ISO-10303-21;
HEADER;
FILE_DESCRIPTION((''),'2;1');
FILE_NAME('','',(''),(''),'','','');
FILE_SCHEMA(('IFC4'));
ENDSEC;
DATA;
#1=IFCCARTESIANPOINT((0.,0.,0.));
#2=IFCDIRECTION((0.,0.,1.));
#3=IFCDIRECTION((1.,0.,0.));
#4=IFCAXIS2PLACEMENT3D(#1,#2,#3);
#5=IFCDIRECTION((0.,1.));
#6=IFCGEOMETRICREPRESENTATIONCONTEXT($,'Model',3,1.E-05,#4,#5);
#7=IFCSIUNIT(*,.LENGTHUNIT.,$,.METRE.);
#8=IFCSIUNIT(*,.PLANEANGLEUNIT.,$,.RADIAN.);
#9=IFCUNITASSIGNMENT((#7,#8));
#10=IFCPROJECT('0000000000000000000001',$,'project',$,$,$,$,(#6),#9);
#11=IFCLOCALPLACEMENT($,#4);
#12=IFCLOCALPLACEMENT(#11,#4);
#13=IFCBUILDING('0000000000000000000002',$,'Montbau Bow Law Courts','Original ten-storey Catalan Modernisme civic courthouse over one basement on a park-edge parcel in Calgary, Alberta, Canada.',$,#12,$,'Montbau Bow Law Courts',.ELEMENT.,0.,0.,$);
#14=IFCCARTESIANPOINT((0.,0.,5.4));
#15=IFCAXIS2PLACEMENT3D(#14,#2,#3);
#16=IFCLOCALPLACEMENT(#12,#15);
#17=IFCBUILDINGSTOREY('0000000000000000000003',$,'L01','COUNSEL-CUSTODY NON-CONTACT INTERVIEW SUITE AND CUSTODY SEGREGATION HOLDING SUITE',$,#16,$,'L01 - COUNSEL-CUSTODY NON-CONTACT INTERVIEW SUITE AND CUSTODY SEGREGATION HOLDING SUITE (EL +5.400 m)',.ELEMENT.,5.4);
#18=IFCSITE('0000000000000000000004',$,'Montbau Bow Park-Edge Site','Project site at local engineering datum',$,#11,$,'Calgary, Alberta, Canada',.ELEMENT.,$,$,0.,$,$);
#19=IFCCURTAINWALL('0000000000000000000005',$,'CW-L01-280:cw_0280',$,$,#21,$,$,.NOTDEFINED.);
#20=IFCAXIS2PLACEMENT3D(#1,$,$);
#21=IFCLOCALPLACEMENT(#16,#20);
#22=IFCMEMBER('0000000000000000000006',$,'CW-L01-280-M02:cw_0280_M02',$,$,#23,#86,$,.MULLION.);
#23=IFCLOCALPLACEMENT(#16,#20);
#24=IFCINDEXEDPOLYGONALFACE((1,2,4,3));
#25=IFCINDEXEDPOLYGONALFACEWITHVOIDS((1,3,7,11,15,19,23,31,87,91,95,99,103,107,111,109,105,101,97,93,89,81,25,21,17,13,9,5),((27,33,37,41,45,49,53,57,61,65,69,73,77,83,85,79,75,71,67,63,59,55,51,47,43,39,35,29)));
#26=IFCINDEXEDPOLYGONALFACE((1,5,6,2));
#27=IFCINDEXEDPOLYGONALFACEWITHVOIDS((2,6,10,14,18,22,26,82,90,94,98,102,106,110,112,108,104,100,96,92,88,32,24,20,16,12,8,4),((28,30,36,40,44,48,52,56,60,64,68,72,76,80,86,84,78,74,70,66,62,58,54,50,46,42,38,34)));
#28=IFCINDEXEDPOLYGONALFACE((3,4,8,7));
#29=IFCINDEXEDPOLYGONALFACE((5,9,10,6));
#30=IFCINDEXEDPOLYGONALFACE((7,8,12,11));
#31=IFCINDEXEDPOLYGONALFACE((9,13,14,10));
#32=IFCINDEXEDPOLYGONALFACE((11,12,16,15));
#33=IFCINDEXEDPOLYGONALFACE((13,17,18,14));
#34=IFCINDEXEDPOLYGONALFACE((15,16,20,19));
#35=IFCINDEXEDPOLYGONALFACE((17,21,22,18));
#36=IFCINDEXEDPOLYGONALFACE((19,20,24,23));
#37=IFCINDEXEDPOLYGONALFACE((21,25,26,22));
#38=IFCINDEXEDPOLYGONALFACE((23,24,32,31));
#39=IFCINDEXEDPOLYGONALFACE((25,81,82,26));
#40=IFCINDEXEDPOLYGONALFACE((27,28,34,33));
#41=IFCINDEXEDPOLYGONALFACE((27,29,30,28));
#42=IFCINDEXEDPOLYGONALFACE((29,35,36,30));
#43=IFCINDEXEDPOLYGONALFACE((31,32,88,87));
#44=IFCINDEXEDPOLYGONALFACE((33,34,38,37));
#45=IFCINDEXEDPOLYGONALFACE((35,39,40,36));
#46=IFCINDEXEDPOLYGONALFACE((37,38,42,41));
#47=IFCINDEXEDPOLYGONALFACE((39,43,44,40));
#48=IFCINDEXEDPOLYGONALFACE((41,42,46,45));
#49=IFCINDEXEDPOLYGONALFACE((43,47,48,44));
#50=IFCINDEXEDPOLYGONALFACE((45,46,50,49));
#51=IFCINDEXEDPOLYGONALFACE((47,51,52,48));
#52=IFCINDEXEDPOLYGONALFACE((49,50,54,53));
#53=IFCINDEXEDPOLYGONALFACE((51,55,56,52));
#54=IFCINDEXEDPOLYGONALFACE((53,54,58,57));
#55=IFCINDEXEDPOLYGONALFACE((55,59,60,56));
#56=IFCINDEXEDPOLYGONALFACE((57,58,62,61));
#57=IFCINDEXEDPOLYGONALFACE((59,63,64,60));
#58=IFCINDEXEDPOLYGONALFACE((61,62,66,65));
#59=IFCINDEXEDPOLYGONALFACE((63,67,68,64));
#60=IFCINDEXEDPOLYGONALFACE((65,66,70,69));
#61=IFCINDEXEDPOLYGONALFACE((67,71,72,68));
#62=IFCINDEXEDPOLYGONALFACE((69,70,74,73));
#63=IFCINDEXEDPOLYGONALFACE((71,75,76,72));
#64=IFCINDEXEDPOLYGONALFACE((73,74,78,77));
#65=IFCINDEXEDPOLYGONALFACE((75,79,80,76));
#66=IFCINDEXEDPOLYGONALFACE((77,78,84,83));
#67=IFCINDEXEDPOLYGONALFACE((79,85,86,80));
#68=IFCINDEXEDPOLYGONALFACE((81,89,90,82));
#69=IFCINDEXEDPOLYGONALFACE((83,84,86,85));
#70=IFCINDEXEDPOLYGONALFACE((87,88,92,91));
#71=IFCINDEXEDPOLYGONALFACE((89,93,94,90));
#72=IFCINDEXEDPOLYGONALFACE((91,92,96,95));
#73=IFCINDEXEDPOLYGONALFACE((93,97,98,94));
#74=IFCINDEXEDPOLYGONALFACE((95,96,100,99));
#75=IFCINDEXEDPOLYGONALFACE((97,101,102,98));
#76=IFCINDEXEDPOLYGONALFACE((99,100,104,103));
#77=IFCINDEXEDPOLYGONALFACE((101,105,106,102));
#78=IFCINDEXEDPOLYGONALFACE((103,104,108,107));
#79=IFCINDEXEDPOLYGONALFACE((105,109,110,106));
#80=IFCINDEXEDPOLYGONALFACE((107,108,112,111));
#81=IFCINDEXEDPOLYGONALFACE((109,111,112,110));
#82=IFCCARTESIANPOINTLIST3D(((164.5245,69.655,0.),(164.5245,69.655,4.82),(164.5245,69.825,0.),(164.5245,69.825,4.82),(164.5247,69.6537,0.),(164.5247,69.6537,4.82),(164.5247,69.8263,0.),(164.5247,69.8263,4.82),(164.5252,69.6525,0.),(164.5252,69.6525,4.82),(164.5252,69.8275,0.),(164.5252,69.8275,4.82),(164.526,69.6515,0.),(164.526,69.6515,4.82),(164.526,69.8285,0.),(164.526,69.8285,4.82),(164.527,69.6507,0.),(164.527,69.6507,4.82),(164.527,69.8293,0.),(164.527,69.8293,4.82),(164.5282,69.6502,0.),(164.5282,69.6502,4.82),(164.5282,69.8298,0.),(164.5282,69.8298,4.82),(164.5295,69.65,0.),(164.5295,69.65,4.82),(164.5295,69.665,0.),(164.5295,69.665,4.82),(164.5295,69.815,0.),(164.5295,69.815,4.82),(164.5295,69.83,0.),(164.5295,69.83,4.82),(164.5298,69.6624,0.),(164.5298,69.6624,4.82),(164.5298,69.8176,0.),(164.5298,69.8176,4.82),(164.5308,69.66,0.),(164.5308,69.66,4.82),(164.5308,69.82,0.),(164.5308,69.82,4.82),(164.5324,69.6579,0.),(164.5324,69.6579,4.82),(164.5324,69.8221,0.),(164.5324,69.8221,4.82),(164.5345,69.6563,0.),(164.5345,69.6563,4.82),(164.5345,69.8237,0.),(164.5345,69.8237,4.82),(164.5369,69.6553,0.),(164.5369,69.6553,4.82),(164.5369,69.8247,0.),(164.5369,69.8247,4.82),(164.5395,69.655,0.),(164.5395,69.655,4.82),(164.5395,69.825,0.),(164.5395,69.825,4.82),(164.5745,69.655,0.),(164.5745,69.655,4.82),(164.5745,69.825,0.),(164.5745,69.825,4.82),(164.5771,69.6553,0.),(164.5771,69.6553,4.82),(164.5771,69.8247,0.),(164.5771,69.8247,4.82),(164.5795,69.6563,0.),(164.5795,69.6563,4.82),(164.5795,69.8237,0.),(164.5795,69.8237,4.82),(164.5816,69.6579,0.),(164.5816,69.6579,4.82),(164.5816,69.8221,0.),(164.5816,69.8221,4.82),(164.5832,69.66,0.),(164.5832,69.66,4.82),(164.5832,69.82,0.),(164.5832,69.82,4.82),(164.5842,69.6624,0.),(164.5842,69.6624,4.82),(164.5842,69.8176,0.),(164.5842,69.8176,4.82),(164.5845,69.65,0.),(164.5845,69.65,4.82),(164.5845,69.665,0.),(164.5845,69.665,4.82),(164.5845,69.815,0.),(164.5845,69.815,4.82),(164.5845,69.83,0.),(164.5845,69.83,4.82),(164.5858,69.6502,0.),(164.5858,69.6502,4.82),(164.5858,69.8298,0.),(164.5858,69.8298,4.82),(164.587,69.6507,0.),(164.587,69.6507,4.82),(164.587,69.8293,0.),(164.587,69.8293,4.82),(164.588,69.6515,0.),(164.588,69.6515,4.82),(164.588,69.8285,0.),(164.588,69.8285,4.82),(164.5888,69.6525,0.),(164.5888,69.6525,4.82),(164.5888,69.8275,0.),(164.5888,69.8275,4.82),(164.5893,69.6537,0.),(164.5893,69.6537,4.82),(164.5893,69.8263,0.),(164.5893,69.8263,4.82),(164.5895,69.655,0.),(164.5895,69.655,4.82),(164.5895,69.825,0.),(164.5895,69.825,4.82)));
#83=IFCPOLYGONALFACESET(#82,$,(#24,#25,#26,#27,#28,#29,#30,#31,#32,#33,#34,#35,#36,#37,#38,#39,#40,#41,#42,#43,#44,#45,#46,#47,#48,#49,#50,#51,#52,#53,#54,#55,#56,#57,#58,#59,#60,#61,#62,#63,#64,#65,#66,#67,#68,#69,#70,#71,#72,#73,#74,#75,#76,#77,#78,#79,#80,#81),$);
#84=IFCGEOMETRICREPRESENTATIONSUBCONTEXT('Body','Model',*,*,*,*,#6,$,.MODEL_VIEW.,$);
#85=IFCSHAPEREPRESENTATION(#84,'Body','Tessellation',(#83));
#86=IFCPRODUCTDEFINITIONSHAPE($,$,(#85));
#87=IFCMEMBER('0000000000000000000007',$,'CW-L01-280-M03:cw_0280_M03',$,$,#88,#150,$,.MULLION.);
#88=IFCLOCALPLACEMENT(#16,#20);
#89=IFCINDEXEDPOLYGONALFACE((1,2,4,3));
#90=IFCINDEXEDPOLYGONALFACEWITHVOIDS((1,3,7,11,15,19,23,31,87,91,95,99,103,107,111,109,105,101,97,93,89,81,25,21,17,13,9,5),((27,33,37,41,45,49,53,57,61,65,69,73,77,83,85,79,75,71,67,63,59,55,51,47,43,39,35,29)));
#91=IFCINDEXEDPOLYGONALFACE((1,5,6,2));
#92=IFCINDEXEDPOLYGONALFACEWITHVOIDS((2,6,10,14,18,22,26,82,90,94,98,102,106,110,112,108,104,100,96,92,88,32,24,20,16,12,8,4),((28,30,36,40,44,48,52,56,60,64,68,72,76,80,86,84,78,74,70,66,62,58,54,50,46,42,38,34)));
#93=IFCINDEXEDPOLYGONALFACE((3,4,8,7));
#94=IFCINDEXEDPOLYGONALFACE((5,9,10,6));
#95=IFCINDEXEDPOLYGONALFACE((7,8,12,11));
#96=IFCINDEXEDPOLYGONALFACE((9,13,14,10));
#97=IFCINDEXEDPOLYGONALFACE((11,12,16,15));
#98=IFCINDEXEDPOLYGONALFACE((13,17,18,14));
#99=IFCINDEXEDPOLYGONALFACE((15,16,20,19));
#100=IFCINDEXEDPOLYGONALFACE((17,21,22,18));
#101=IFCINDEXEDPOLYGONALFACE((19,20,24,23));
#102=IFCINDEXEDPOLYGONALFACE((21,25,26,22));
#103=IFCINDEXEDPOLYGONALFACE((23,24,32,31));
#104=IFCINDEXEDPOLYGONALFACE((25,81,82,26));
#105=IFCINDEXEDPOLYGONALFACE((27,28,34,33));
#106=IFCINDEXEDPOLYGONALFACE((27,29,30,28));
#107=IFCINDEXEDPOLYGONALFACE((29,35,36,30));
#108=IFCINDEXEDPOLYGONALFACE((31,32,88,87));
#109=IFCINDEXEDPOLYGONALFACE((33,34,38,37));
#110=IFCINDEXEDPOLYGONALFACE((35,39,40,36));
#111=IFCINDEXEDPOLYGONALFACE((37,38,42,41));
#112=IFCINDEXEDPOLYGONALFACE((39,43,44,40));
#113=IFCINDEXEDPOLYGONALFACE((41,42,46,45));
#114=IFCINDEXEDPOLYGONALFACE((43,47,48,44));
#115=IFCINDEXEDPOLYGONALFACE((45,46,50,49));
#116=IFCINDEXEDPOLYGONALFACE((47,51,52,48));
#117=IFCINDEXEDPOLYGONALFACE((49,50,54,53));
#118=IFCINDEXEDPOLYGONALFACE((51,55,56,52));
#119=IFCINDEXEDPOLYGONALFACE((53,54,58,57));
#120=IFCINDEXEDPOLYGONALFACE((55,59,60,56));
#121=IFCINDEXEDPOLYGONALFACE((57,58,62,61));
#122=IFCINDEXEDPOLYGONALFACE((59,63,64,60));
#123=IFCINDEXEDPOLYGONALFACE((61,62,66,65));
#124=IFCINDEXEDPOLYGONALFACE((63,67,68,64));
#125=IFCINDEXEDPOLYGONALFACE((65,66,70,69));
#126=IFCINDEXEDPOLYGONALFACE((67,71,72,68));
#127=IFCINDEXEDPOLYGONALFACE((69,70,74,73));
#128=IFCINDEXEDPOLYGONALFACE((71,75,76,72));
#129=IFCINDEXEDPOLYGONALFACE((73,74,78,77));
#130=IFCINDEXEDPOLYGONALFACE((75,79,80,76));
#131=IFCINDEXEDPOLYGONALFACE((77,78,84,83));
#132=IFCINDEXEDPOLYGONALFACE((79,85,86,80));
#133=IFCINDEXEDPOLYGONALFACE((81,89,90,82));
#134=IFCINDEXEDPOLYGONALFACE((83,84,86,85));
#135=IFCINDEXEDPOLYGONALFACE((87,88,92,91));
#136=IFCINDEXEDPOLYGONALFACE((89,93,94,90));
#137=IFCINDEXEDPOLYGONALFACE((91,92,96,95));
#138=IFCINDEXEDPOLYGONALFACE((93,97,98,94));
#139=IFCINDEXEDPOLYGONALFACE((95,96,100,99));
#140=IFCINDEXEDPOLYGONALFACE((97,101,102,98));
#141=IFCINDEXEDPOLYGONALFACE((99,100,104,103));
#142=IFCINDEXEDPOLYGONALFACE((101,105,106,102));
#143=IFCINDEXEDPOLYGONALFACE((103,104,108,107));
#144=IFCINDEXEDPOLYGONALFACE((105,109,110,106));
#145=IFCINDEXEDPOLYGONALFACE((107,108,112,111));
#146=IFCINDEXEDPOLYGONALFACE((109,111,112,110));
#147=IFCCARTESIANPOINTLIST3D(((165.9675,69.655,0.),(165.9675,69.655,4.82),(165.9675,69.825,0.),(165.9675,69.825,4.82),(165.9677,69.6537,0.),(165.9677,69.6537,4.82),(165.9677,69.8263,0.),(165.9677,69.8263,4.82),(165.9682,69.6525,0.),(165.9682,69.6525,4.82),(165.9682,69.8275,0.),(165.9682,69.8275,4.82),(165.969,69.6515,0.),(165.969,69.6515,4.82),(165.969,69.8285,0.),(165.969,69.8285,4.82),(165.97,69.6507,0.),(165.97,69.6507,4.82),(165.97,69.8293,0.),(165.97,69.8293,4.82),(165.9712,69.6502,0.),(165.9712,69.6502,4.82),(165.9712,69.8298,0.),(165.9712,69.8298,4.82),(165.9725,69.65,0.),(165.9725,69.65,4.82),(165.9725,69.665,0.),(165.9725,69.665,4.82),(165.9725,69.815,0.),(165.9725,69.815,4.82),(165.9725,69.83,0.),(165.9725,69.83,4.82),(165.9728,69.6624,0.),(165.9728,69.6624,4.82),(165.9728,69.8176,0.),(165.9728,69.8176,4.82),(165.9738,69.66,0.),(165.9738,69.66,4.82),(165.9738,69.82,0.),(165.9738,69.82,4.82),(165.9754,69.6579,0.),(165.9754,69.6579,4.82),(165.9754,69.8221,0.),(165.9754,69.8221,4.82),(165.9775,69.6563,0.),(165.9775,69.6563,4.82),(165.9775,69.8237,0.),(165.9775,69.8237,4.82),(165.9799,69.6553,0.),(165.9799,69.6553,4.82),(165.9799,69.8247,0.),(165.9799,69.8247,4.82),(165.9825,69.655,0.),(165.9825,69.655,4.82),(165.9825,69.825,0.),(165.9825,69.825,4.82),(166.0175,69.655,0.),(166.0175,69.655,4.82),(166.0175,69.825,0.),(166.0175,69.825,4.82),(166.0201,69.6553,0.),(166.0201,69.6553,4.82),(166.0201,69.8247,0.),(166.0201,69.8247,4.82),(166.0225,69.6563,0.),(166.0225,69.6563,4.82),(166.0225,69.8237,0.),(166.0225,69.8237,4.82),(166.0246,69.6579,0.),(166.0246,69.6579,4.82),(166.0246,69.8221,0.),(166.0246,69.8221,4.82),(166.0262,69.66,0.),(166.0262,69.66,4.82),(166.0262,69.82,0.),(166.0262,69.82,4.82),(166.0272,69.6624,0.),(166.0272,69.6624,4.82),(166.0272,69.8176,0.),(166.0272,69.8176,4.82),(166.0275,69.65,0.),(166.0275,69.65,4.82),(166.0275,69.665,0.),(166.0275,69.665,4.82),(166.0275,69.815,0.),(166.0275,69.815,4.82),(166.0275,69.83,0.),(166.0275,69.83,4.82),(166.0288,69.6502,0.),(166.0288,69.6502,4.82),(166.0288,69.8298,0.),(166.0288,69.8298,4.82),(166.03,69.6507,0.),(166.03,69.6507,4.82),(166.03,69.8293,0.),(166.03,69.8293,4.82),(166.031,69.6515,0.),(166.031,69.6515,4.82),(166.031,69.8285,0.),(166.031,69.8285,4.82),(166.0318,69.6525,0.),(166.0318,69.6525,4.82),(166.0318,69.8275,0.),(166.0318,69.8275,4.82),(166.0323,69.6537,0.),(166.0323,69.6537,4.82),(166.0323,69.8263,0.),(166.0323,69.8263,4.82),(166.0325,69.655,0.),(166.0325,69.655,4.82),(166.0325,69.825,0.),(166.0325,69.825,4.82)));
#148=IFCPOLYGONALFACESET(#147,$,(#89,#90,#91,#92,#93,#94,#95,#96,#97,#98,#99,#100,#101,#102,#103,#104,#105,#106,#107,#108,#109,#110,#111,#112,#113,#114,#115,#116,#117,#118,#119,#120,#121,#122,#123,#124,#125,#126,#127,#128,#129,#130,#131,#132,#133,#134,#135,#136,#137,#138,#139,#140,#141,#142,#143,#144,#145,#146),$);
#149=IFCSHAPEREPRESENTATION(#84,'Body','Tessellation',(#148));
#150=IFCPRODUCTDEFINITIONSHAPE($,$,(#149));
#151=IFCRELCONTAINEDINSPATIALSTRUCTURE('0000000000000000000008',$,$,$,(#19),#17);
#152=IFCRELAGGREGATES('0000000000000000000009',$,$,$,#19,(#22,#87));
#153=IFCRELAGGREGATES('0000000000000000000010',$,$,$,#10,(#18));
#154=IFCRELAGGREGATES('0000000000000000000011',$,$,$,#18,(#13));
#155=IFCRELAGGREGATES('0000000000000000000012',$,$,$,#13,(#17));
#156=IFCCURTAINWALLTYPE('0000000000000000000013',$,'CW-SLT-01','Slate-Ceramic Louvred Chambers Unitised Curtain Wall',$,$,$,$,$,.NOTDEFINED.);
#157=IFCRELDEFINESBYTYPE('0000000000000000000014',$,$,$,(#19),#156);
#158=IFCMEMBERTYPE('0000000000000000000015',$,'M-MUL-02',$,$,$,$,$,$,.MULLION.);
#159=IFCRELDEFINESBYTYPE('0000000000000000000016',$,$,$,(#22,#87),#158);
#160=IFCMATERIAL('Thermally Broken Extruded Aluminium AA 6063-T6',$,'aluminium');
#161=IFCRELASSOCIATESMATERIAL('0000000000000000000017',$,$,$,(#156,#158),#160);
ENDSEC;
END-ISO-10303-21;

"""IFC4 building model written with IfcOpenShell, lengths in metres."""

from ifc_helpers import new_model, si_unit, direction, frame, origin_with_axes, origin_2d_with_axis, place, context, subcontext, project, spatial, hollow_rectangle, extrude, material, material_profile, profile_set, type_object, element, aggregate, save


model = new_model("IFC4")

# Units and contexts
model_context = context("Model", 3, precision=1e-05, world=origin_with_axes(), true_north=direction((0.0, 1.0)))
body_context = subcontext(model_context, "Body", "Model", "MODEL_VIEW")
ifc_project = project(units=[si_unit("LENGTHUNIT", "METRE"), si_unit("PLANEANGLEUNIT", "RADIAN")], contexts=[model_context])

# Site, building, storey
site_placement = place(None, origin_with_axes())
site = spatial("IfcSite", under=ifc_project, at=site_placement, Name="Montbau Bow Park-Edge Site", Description="Project site at local engineering datum", LongName="Calgary, Alberta, Canada", CompositionType="ELEMENT", RefElevation=0.0)
building_placement = place(site_placement, origin_with_axes())
building = spatial("IfcBuilding", under=site, at=building_placement, Name="Montbau Bow Law Courts", Description="Original ten-storey Catalan Modernisme civic courthouse over one basement on a park-edge parcel in Calgary, Alberta, Canada.", LongName="Montbau Bow Law Courts", CompositionType="ELEMENT", ElevationOfRefHeight=0.0, ElevationOfTerrain=0.0)
storey_placement = place(building_placement, frame((0.0, 0.0, 5.4), z_axis=(0.0, 0.0, 1.0), x_axis=(1.0, 0.0, 0.0)))
storey = spatial("IfcBuildingStorey", under=building, at=storey_placement, Name="L01", Description="COUNSEL-CUSTODY NON-CONTACT INTERVIEW SUITE AND CUSTODY SEGREGATION HOLDING SUITE", LongName="L01 - COUNSEL-CUSTODY NON-CONTACT INTERVIEW SUITE AND CUSTODY SEGREGATION HOLDING SUITE (EL +5.400 m)", CompositionType="ELEMENT", Elevation=5.4)

# Curtain wall, members
ifc_material_1 = material(Name="Thermally Broken Extruded Aluminium AA 6063-T6", Category="aluminium")
curtain_wall_type = type_object("IfcCurtainWallType", Name="CW-SLT-01", Description="Slate-Ceramic Louvred Chambers Unitised Curtain Wall", PredefinedType="NOTDEFINED", material=ifc_material_1)
curtain_wall_placement = place(None, frame((163.115, 69.74, 5.4), z_axis=(0.0, 0.0, 1.0), x_axis=(1.0, 0.0, 0.0)))
curtain_wall = element("IfcCurtainWall", 1, at=curtain_wall_placement, inside=storey, type_object=curtain_wall_type, Name="CW-L01-280:cw_0280", PredefinedType="NOTDEFINED")
ifc_material_profile_1 = material_profile(ifc_material_1, hollow_rectangle(XDim=0.065, YDim=0.18, WallThickness=0.005, InnerFilletRadius=0.01, OuterFilletRadius=0.005, at=origin_2d_with_axis()), Name="CWM-180X65", Category="Main", Priority=0)
ifc_profile_set_1 = profile_set([ifc_material_profile_1], Name="Thermally Broken Extruded Aluminium AA 6063-T6")
member_type_1 = type_object("IfcMemberType", Name="M-MUL-02", PredefinedType="MULLION", material=ifc_profile_set_1)
member_1_placement = place(None, frame((164.557, 69.74, 5.4), z_axis=(0.0, 0.0, 1.0), x_axis=(1.0, 0.0, 0.0)))
member_1 = element("IfcMember", 2, at=member_1_placement, type_object=member_type_1, Name="CW-L01-280-M02:cw_0280_M02", PredefinedType="MULLION", context=body_context, shape_type="SweptSolid", body=[
    extrude(hollow_rectangle(XDim=0.065, YDim=0.18, WallThickness=0.005, InnerFilletRadius=0.01, OuterFilletRadius=0.005, at=origin_2d_with_axis()), origin_with_axes(), (0.0, 0.0, 1.0), 4.82),
])
member_2_placement = place(None, frame((166.0, 69.74, 5.4), z_axis=(0.0, 0.0, 1.0), x_axis=(1.0, 0.0, 0.0)))
member_2 = element("IfcMember", 3, at=member_2_placement, type_object=member_type_1, Name="CW-L01-280-M03:cw_0280_M03", PredefinedType="MULLION", context=body_context, shape_type="SweptSolid", body=[
    extrude(hollow_rectangle(XDim=0.065, YDim=0.18, WallThickness=0.005, InnerFilletRadius=0.01, OuterFilletRadius=0.005, at=origin_2d_with_axis()), origin_with_axes(), (0.0, 0.0, 1.0), 4.82),
])
aggregate(curtain_wall, [member_1, member_2])

save(model, "model.ifc")
